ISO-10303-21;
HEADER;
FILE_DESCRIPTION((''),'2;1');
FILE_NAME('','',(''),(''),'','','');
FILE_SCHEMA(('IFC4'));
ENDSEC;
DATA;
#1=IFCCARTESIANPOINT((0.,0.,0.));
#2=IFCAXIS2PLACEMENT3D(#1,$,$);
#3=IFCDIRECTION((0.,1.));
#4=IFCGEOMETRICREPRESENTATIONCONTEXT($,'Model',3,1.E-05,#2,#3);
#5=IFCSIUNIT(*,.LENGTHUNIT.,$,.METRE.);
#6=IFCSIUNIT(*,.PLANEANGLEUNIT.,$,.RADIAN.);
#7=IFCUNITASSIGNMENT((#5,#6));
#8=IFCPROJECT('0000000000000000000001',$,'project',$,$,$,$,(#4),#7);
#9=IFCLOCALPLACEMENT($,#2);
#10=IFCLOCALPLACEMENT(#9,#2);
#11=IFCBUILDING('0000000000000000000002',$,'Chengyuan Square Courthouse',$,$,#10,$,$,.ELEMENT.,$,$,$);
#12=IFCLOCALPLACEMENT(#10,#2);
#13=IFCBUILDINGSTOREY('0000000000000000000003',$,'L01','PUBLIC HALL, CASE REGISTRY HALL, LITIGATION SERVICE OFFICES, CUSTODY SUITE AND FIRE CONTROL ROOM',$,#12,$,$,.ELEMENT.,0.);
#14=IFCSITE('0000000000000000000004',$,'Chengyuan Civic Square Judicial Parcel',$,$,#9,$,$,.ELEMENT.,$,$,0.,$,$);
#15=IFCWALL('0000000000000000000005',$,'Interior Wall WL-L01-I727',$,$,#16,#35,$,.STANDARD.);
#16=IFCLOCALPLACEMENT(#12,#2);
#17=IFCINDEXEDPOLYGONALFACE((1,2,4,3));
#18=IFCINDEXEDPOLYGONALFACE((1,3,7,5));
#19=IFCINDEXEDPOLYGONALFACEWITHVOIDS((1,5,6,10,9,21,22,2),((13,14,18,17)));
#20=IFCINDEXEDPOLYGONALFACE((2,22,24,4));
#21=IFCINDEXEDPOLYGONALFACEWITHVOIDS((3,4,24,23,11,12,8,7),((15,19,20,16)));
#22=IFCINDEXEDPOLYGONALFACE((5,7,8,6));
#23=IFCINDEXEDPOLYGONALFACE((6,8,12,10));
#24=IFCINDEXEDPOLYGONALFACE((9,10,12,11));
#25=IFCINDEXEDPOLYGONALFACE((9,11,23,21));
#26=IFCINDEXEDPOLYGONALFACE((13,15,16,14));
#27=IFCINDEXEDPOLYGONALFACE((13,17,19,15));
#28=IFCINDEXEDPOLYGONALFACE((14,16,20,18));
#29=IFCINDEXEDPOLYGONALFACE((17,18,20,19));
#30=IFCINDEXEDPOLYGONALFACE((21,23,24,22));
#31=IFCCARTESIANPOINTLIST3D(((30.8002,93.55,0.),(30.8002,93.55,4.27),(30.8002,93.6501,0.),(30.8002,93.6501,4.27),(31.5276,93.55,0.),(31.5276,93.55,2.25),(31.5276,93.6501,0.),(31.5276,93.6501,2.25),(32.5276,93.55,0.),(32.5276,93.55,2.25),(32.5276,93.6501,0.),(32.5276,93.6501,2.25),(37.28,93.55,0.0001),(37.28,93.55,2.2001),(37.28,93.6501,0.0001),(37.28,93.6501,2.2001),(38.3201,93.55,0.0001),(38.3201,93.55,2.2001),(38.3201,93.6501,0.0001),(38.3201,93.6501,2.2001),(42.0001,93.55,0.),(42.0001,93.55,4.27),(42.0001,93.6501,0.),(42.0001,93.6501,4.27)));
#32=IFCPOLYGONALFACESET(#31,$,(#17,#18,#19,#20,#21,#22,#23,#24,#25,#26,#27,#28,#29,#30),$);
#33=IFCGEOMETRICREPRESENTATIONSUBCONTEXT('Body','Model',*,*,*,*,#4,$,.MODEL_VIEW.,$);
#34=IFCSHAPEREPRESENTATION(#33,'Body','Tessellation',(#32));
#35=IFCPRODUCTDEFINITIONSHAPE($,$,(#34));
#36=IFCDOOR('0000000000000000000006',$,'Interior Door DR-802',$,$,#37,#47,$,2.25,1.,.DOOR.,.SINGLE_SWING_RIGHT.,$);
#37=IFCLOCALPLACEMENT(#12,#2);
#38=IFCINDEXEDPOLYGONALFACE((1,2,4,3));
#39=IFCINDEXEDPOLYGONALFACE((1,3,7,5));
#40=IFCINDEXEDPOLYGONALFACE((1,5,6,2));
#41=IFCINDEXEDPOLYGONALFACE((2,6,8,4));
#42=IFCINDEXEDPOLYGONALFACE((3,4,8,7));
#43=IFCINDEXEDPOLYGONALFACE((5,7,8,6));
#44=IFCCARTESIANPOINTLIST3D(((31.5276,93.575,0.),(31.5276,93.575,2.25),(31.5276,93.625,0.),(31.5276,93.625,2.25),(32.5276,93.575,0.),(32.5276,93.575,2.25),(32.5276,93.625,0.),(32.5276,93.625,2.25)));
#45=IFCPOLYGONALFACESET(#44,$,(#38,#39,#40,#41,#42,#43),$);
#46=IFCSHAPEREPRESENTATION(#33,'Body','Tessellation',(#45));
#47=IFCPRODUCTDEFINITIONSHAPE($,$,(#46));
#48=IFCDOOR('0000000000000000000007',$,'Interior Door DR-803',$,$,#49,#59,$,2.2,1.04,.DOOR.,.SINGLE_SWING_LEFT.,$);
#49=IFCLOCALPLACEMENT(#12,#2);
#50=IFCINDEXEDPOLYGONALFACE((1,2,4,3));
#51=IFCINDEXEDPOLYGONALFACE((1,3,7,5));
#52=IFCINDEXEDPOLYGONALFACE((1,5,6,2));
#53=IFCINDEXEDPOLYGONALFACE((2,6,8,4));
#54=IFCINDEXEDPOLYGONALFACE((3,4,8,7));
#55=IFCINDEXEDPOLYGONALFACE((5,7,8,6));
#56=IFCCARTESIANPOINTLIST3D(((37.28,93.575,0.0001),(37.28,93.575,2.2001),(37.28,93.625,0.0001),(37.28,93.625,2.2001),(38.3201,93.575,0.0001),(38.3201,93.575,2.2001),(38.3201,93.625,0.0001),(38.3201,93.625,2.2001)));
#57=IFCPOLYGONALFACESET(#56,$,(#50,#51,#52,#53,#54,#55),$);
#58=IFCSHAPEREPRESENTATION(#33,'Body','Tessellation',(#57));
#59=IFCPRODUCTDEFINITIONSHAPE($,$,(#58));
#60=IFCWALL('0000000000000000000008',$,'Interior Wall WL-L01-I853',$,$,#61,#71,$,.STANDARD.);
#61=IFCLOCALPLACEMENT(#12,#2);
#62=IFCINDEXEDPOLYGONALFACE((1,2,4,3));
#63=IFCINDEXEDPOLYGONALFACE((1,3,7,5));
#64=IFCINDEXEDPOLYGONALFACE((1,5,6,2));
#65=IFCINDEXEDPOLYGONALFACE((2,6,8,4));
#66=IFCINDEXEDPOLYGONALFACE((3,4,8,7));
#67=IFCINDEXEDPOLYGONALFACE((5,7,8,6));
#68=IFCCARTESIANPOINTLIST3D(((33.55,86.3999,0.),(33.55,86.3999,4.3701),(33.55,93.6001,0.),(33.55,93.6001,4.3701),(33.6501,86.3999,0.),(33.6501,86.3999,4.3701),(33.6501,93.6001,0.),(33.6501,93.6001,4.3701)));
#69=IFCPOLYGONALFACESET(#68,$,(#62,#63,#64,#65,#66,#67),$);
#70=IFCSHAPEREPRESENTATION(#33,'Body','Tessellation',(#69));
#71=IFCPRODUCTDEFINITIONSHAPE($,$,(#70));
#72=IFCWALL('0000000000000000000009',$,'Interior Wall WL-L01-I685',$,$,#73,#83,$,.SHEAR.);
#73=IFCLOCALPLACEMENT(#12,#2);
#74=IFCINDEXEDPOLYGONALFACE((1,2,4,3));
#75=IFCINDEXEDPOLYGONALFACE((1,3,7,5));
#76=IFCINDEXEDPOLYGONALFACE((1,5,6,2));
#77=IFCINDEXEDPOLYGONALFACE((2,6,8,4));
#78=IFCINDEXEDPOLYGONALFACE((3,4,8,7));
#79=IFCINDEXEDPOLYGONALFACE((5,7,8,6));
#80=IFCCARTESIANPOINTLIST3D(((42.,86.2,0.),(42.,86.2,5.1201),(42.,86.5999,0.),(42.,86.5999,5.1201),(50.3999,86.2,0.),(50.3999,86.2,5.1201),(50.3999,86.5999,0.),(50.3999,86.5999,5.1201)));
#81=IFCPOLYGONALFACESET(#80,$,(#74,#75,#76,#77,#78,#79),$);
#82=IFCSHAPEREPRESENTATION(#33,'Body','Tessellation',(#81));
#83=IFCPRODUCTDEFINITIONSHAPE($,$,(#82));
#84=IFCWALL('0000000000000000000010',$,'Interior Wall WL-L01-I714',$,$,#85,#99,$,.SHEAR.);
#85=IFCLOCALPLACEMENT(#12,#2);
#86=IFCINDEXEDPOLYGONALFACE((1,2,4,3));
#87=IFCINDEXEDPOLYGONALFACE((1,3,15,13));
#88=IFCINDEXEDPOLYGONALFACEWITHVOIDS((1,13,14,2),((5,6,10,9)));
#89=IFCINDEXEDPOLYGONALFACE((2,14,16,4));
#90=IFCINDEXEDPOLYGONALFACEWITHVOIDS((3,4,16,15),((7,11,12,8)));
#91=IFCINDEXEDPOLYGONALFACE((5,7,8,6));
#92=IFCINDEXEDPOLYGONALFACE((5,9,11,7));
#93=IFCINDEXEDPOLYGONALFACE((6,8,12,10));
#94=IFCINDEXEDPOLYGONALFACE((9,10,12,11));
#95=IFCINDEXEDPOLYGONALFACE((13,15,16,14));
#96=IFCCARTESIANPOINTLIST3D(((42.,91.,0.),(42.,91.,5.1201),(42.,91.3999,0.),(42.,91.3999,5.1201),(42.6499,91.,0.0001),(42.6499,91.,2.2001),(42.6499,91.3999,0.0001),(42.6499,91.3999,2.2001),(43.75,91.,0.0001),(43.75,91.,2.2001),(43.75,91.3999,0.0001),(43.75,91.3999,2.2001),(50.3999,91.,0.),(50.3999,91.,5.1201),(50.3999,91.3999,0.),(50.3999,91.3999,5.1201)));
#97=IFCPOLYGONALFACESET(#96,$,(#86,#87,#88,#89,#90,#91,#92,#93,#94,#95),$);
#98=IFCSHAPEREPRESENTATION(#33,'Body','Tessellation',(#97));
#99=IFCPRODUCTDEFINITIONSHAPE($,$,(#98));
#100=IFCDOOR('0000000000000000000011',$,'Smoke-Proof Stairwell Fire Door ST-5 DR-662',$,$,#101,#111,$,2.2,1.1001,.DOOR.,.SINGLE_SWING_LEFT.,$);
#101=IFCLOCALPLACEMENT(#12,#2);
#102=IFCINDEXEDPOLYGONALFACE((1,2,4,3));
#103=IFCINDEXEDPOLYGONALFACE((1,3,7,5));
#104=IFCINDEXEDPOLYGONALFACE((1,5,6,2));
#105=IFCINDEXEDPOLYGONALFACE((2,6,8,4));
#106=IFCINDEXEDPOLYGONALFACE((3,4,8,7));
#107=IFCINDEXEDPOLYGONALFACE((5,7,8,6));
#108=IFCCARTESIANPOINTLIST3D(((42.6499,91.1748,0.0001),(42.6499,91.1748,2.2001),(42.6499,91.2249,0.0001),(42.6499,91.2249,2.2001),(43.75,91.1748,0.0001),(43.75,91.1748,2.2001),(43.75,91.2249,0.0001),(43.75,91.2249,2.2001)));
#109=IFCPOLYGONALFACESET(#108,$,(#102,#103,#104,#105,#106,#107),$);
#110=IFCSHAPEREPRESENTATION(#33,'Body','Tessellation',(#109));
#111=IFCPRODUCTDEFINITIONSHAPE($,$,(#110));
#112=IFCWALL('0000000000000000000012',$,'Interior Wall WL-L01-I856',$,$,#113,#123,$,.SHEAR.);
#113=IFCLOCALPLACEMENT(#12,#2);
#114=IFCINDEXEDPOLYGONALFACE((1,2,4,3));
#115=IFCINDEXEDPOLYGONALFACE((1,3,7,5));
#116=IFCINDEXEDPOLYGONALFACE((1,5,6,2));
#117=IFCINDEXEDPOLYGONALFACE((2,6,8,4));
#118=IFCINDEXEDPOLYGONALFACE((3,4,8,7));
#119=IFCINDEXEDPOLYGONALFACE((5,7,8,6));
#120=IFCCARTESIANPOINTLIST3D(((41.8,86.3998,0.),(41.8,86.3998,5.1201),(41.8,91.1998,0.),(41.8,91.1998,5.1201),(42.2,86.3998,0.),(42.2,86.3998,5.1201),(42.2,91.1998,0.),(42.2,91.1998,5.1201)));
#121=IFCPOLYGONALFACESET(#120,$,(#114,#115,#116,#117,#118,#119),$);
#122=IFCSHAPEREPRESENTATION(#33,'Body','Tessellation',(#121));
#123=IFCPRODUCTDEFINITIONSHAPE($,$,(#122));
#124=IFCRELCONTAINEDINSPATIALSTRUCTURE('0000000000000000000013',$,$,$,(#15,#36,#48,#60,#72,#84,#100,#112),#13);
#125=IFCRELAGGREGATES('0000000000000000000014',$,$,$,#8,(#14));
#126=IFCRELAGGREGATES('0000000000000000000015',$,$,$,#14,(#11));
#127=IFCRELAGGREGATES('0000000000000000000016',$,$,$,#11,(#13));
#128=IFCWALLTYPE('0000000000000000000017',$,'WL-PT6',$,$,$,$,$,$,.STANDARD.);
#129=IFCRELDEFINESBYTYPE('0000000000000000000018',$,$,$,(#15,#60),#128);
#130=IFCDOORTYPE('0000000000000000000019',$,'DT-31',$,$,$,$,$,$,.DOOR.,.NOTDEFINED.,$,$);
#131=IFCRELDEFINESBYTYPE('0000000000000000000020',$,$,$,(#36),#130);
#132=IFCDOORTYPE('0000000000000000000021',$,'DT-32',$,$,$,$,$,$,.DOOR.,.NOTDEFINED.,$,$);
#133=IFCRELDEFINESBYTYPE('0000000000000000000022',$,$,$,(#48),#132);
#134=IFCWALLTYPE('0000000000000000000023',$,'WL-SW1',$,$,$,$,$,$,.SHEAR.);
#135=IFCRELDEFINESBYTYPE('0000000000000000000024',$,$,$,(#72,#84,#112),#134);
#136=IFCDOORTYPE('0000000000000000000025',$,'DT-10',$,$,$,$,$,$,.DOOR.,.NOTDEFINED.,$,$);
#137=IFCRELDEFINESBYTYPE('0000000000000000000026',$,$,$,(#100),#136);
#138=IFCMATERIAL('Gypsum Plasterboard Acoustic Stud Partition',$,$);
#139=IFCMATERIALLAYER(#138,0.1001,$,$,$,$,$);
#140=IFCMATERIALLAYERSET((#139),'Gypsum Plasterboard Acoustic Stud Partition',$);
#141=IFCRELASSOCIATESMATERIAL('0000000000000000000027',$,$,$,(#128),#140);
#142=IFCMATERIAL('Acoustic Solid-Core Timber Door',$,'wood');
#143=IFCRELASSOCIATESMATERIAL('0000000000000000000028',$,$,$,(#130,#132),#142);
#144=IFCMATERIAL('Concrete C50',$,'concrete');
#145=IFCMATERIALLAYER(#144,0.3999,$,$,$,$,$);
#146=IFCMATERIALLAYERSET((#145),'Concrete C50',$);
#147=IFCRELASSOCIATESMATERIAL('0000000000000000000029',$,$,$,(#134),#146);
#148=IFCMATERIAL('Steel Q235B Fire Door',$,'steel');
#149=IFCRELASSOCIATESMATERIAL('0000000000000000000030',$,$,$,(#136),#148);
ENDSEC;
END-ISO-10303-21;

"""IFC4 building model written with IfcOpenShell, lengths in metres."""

from ifc_helpers import new_model, si_unit, direction, frame, frame_2d, origin, place, context, subcontext, project, spatial, rectangle, extrude, material, layer, layer_set, type_object, element, fill, save


model = new_model("IFC4")

# Units and contexts
model_context = context("Model", 3, precision=1e-05, world=origin(), true_north=direction((0.0, 1.0)))
body_context = subcontext(model_context, "Body", "Model", "MODEL_VIEW")
ifc_project = project(units=[si_unit("LENGTHUNIT", "METRE"), si_unit("PLANEANGLEUNIT", "RADIAN")], contexts=[model_context])

# Site, building, storey
site_placement = place(None, origin())
site = spatial("IfcSite", under=ifc_project, at=site_placement, Name="Chengyuan Civic Square Judicial Parcel", CompositionType="ELEMENT", RefElevation=0.0)
building_placement = place(site_placement, origin())
building = spatial("IfcBuilding", under=site, at=building_placement, Name="Chengyuan Square Courthouse", CompositionType="ELEMENT")
storey_placement = place(building_placement, origin())
storey = spatial("IfcBuildingStorey", under=building, at=storey_placement, Name="L01", Description="PUBLIC HALL, CASE REGISTRY HALL, LITIGATION SERVICE OFFICES, CUSTODY SUITE AND FIRE CONTROL ROOM", CompositionType="ELEMENT", Elevation=0.0)

# Shared definitions
ifc_material_1 = material(Name="Concrete C50", Category="concrete")

# Shared definitions
ifc_material_2 = material(Name="Steel Q235B Fire Door", Category="steel")

# Wall, openings, doors
ifc_material_3 = material(Name="Gypsum Plasterboard Acoustic Stud Partition")
ifc_layer_1 = layer(ifc_material_3, 0.1001)
ifc_layer_set_1 = layer_set([ifc_layer_1], Name="Gypsum Plasterboard Acoustic Stud Partition")
wall_type_1 = type_object("IfcWallType", Name="WL-PT6", PredefinedType="STANDARD", material=ifc_layer_set_1)
wall_1_placement = place(storey_placement, frame((30.8, 93.6001, 0.0), z_axis=(0.0, 0.0, 1.0), x_axis=(1.0, 0.0, 0.0)))
wall_1 = element("IfcWall", 1, at=wall_1_placement, inside=storey, type_object=wall_type_1, Name="Interior Wall WL-L01-I727", PredefinedType="STANDARD", context=body_context, shape_type="SweptSolid", body=[
    extrude(rectangle(XDim=11.2, YDim=0.1001, at=frame_2d((5.6001, 0.0))), origin(), (0.0, 0.0, 1.0), 4.27),
])
opening_1_placement = place(wall_1_placement, frame((0.7275, 0.0, 0.0)))
opening_1 = element("IfcOpeningElement", 2, at=opening_1_placement, cuts=wall_1, PredefinedType="OPENING", context=body_context, shape_type="SweptSolid", body=[
    extrude(rectangle(XDim=1.0, YDim=2.25, at=frame_2d((0.5, 1.125))), frame((0.0, 0.062, 0.0), z_axis=(0.0, -1.0, 0.0), x_axis=(1.0, 0.0, 0.0)), (0.0, 0.0, 1.0), 0.124),
])
opening_2_placement = place(wall_1_placement, frame((6.48, 0.0, 0.0)))
opening_2 = element("IfcOpeningElement", 3, at=opening_2_placement, cuts=wall_1, PredefinedType="OPENING", context=body_context, shape_type="SweptSolid", body=[
    extrude(rectangle(XDim=1.04, YDim=2.2, at=frame_2d((0.52, 1.1001))), frame((0.0, 0.062, 0.0), z_axis=(0.0, -1.0, 0.0), x_axis=(1.0, 0.0, 0.0)), (0.0, 0.0, 1.0), 0.124),
])
ifc_material_4 = material(Name="Acoustic Solid-Core Timber Door", Category="wood")
door_type_1 = type_object("IfcDoorType", Name="DT-31", OperationType="NOTDEFINED", PredefinedType="DOOR", material=ifc_material_4)
door_1_placement = place(opening_1_placement, origin())
door_1 = element("IfcDoor", 4, at=door_1_placement, inside=storey, type_object=door_type_1, Name="Interior Door DR-802", OperationType="SINGLE_SWING_RIGHT", OverallHeight=2.25, OverallWidth=1.0, PredefinedType="DOOR", context=body_context, shape_type="SweptSolid", body=[
    extrude(rectangle(XDim=1.0, YDim=2.25, at=frame_2d((0.5, 1.125))), frame((0.0, 0.0249, 0.0), z_axis=(0.0, -1.0, 0.0), x_axis=(1.0, 0.0, 0.0)), (0.0, 0.0, 1.0), 0.05),
])
fill(opening_1, door_1)
door_type_2 = type_object("IfcDoorType", Name="DT-32", OperationType="NOTDEFINED", PredefinedType="DOOR", material=ifc_material_4)
door_2_placement = place(opening_2_placement, origin())
door_2 = element("IfcDoor", 5, at=door_2_placement, inside=storey, type_object=door_type_2, Name="Interior Door DR-803", OperationType="SINGLE_SWING_LEFT", OverallHeight=2.2, OverallWidth=1.04, PredefinedType="DOOR", context=body_context, shape_type="SweptSolid", body=[
    extrude(rectangle(XDim=1.04, YDim=2.2, at=frame_2d((0.52, 1.1001))), frame((0.0, 0.0249, 0.0), z_axis=(0.0, -1.0, 0.0), x_axis=(1.0, 0.0, 0.0)), (0.0, 0.0, 1.0), 0.05),
])
fill(opening_2, door_2)

# Walls
wall_2_placement = place(storey_placement, frame((33.6001, 86.3999, 0.0), z_axis=(0.0, 0.0, 1.0), x_axis=(0.0, 1.0, 0.0)))
element("IfcWall", 6, at=wall_2_placement, inside=storey, type_object=wall_type_1, Name="Interior Wall WL-L01-I853", PredefinedType="STANDARD", context=body_context, shape_type="SweptSolid", body=[
    extrude(rectangle(XDim=7.2002, YDim=0.1001, at=frame_2d((3.6001, 0.0))), origin(), (0.0, 0.0, 1.0), 4.3701),
])
ifc_layer_2 = layer(ifc_material_1, 0.3999)
ifc_layer_set_2 = layer_set([ifc_layer_2], Name="Concrete C50")
wall_type_2 = type_object("IfcWallType", Name="WL-SW1", PredefinedType="SHEAR", material=ifc_layer_set_2)
wall_3_placement = place(storey_placement, frame((42.0, 86.3999, 0.0), z_axis=(0.0, 0.0, 1.0), x_axis=(1.0, 0.0, 0.0)))
element("IfcWall", 7, at=wall_3_placement, inside=storey, type_object=wall_type_2, Name="Interior Wall WL-L01-I685", PredefinedType="SHEAR", context=body_context, shape_type="SweptSolid", body=[
    extrude(rectangle(XDim=8.3999, YDim=0.3999, at=frame_2d((4.2, 0.0))), origin(), (0.0, 0.0, 1.0), 5.1201),
])

# Wall, opening, door
wall_4_placement = place(storey_placement, frame((42.0, 91.2, 0.0), z_axis=(0.0, 0.0, 1.0), x_axis=(1.0, 0.0, 0.0)))
wall_4 = element("IfcWall", 8, at=wall_4_placement, inside=storey, type_object=wall_type_2, Name="Interior Wall WL-L01-I714", PredefinedType="SHEAR", context=body_context, shape_type="SweptSolid", body=[
    extrude(rectangle(XDim=8.3999, YDim=0.3999, at=frame_2d((4.2, 0.0))), origin(), (0.0, 0.0, 1.0), 5.1201),
])
opening_3_placement = place(wall_4_placement, frame((0.6499, 0.0, 0.0)))
opening_3 = element("IfcOpeningElement", 9, at=opening_3_placement, cuts=wall_4, PredefinedType="OPENING", context=body_context, shape_type="SweptSolid", body=[
    extrude(rectangle(XDim=1.1001, YDim=2.2, at=frame_2d((0.55, 1.1001))), frame((0.0, 0.2119, 0.0), z_axis=(0.0, -1.0, 0.0), x_axis=(1.0, 0.0, 0.0)), (0.0, 0.0, 1.0), 0.4238),
])
door_type_3 = type_object("IfcDoorType", Name="DT-10", OperationType="NOTDEFINED", PredefinedType="DOOR", material=ifc_material_2)
door_3_placement = place(opening_3_placement, origin())
door_3 = element("IfcDoor", 10, at=door_3_placement, inside=storey, type_object=door_type_3, Name="Smoke-Proof Stairwell Fire Door ST-5 DR-662", OperationType="SINGLE_SWING_LEFT", OverallHeight=2.2, OverallWidth=1.1001, PredefinedType="DOOR", context=body_context, shape_type="SweptSolid", body=[
    extrude(rectangle(XDim=1.1001, YDim=2.2, at=frame_2d((0.55, 1.1001))), frame((0.0, 0.0249, 0.0), z_axis=(0.0, -1.0, 0.0), x_axis=(1.0, 0.0, 0.0)), (0.0, 0.0, 1.0), 0.05),
])
fill(opening_3, door_3)

# Wall
wall_5_placement = place(storey_placement, frame((42.0, 86.3999, 0.0), z_axis=(0.0, 0.0, 1.0), x_axis=(0.0, 1.0, 0.0)))
element("IfcWall", 11, at=wall_5_placement, inside=storey, type_object=wall_type_2, Name="Interior Wall WL-L01-I856", PredefinedType="SHEAR", context=body_context, shape_type="SweptSolid", body=[
    extrude(rectangle(XDim=4.8, YDim=0.3999, at=frame_2d((2.3999, 0.0))), origin(), (0.0, 0.0, 1.0), 5.1201),
])

save(model, "model.ifc")
